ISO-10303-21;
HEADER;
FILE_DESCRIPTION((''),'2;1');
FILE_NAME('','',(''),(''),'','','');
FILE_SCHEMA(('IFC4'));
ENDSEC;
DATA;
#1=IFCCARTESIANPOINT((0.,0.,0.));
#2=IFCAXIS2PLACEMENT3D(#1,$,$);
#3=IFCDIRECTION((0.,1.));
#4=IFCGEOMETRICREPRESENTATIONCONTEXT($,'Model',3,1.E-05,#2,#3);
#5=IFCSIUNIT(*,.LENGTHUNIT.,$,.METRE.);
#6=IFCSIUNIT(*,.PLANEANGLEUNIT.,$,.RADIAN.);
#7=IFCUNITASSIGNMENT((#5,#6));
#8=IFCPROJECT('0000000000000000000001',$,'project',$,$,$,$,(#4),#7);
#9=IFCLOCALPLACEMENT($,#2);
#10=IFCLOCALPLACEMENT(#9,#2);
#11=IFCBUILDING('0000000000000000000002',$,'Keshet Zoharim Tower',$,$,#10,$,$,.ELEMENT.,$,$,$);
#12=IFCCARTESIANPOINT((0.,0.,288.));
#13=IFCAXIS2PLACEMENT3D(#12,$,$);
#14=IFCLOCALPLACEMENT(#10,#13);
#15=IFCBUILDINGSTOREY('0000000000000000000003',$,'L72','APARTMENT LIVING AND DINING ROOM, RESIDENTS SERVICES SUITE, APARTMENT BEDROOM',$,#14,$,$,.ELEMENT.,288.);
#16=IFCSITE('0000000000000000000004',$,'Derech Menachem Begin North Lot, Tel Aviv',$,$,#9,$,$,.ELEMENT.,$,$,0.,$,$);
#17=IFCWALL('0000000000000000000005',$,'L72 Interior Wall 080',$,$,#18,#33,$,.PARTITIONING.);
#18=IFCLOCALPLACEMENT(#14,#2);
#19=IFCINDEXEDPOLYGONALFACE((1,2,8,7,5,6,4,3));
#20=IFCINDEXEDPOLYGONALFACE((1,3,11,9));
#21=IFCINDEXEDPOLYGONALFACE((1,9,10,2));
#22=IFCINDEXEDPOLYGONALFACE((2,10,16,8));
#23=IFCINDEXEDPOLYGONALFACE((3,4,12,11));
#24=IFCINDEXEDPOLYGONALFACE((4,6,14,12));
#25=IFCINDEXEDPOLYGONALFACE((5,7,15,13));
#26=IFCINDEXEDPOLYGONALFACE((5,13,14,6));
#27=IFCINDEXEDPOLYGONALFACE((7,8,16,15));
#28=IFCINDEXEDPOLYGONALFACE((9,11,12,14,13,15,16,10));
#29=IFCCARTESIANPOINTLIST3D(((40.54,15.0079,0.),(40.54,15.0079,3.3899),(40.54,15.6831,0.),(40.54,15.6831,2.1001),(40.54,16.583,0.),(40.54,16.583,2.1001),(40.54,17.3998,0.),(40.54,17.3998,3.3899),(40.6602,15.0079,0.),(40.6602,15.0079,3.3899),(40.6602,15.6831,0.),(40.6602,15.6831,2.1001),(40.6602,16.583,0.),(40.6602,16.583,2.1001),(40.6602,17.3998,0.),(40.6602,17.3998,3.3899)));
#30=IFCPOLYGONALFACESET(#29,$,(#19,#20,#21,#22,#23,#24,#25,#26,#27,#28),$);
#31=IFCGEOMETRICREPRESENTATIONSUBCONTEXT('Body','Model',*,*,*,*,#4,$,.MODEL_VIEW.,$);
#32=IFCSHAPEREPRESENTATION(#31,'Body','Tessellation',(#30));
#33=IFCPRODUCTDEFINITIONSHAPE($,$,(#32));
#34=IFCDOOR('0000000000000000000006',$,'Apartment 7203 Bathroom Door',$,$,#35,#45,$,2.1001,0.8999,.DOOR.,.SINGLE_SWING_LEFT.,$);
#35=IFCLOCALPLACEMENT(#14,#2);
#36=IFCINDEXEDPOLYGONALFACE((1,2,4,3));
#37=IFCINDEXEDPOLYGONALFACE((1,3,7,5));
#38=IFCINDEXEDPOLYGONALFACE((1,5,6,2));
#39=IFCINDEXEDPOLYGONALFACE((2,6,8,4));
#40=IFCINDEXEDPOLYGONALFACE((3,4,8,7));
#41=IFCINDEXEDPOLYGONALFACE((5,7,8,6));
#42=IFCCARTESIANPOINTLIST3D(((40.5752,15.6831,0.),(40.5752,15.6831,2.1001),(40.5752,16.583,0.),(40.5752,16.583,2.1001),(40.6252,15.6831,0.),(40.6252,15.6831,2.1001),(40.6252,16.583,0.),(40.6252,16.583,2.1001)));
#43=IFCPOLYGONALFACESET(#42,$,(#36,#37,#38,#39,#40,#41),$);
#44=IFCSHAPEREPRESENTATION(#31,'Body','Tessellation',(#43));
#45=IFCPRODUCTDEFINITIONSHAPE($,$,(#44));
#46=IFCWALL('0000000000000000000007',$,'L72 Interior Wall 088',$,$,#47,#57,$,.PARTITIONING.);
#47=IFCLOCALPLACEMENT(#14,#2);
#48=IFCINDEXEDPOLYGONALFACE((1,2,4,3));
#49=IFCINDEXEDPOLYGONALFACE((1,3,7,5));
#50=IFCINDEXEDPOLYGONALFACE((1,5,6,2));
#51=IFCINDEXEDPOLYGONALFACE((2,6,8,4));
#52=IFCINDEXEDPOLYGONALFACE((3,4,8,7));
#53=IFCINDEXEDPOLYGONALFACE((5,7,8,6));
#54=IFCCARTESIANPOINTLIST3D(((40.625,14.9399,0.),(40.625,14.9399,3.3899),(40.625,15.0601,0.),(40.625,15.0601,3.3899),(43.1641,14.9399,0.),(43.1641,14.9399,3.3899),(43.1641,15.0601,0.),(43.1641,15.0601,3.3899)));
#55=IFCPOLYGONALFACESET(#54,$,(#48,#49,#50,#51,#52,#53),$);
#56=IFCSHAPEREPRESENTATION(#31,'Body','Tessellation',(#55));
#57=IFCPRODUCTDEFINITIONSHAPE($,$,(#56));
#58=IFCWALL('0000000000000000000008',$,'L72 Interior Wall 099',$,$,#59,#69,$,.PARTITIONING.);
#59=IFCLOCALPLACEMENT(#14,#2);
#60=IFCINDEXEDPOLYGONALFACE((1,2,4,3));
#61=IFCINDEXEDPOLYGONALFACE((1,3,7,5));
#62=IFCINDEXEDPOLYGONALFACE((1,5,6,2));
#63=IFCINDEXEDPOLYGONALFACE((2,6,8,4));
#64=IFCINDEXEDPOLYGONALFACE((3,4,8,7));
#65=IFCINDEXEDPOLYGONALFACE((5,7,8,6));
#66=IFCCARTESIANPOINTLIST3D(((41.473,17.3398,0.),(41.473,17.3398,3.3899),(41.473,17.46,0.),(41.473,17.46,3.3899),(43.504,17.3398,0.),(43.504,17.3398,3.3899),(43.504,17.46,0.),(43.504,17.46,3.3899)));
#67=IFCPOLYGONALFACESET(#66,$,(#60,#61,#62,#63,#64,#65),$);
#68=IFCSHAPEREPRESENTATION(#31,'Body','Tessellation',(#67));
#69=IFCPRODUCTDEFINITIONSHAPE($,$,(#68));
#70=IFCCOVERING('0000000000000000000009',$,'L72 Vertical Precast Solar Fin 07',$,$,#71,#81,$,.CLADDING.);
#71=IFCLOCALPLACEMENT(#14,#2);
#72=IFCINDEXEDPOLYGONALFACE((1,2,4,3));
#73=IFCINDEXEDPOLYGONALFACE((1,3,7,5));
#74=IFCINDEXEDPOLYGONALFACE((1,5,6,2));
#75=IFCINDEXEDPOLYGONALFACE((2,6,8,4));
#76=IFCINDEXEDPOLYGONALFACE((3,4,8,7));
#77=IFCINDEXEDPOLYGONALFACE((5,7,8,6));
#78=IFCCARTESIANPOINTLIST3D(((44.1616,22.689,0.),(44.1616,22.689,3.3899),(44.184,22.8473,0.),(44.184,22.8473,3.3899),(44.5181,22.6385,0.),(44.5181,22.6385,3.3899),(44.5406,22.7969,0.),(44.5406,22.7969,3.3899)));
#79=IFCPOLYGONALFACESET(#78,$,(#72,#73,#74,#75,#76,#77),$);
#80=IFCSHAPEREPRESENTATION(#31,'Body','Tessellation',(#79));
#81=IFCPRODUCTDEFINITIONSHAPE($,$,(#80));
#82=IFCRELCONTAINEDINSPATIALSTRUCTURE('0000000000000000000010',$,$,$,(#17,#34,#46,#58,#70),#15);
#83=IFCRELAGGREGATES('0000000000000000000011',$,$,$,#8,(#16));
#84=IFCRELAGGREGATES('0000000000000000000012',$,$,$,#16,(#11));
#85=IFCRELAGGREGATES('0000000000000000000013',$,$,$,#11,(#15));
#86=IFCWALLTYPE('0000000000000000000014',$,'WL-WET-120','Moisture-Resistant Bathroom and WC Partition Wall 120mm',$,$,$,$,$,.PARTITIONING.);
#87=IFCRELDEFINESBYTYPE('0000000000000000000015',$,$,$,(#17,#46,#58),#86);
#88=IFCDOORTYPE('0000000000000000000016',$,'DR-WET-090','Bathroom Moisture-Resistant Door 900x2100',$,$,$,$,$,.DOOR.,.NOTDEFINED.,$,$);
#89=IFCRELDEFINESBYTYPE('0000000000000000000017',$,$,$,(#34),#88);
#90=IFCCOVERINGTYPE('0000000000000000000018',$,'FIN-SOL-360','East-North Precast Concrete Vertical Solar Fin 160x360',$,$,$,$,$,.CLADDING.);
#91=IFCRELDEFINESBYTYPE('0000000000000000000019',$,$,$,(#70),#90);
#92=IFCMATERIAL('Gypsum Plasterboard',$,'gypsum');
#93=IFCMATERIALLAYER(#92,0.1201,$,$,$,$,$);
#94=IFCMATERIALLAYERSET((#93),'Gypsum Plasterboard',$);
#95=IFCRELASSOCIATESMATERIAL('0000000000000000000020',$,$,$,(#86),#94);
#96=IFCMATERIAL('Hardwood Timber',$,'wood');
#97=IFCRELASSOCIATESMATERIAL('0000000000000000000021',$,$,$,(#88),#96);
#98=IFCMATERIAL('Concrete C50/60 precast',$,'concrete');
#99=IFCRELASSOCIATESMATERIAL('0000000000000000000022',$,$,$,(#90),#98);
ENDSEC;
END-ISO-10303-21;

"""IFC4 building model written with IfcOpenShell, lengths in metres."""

from ifc_helpers import new_model, si_unit, direction, frame, frame_2d, origin, origin_2d, place, context, subcontext, project, spatial, rectangle, extrude, material, layer, layer_set, type_object, element, fill, save


model = new_model("IFC4")

# Units and contexts
model_context = context("Model", 3, precision=1e-05, world=origin(), true_north=direction((0.0, 1.0)))
body_context = subcontext(model_context, "Body", "Model", "MODEL_VIEW")
ifc_project = project(units=[si_unit("LENGTHUNIT", "METRE"), si_unit("PLANEANGLEUNIT", "RADIAN")], contexts=[model_context])

# Site, building, storey
site_placement = place(None, origin())
site = spatial("IfcSite", under=ifc_project, at=site_placement, Name="Derech Menachem Begin North Lot, Tel Aviv", CompositionType="ELEMENT", RefElevation=0.0)
building_placement = place(site_placement, origin())
building = spatial("IfcBuilding", under=site, at=building_placement, Name="Keshet Zoharim Tower", CompositionType="ELEMENT")
storey_placement = place(building_placement, frame((0.0, 0.0, 288.0)))
storey = spatial("IfcBuildingStorey", under=building, at=storey_placement, Name="L72", Description="APARTMENT LIVING AND DINING ROOM, RESIDENTS SERVICES SUITE, APARTMENT BEDROOM", CompositionType="ELEMENT", Elevation=288.0)

# Shared definitions
ifc_material_1 = material(Name="Gypsum Plasterboard", Category="gypsum")

# Shared definitions
ifc_material_2 = material(Name="Hardwood Timber", Category="wood")

# Shared definitions
ifc_layer_1 = layer(ifc_material_1, 0.1201)
ifc_layer_set_1 = layer_set([ifc_layer_1], Name="Gypsum Plasterboard")
wall_type_1 = type_object("IfcWallType", Name="WL-WET-120", Description="Moisture-Resistant Bathroom and WC Partition Wall 120mm", PredefinedType="PARTITIONING", material=ifc_layer_set_1)
door_type_1 = type_object("IfcDoorType", Name="DR-WET-090", Description="Bathroom Moisture-Resistant Door 900x2100", OperationType="NOTDEFINED", PredefinedType="DOOR", material=ifc_material_2)

# Wall, opening, door
wall_1_placement = place(storey_placement, frame((40.6001, 15.0081, 0.0), z_axis=(0.0, 0.0, 1.0), x_axis=(0.0, 1.0, 0.0)))
wall_1 = element("IfcWall", 1, at=wall_1_placement, inside=storey, type_object=wall_type_1, Name="L72 Interior Wall 080", PredefinedType="PARTITIONING", context=body_context, shape_type="SweptSolid", body=[
    extrude(rectangle(XDim=2.3918, YDim=0.1201, at=frame_2d((1.1958, 0.0))), origin(), (0.0, 0.0, 1.0), 3.3899),
])
opening_1_placement = place(wall_1_placement, frame((0.675, 0.0, 0.0)))
opening_1 = element("IfcOpeningElement", 2, at=opening_1_placement, cuts=wall_1, PredefinedType="OPENING", context=body_context, shape_type="SweptSolid", body=[
    extrude(rectangle(XDim=0.8999, YDim=2.1001, at=frame_2d((0.45, 1.05))), frame((0.0, 0.0701, 0.0), z_axis=(0.0, -1.0, 0.0), x_axis=(1.0, 0.0, 0.0)), (0.0, 0.0, 1.0), 0.1401),
])
door_1_placement = place(opening_1_placement, origin())
door_1 = element("IfcDoor", 3, at=door_1_placement, inside=storey, type_object=door_type_1, Name="Apartment 7203 Bathroom Door", OperationType="SINGLE_SWING_LEFT", OverallHeight=2.1001, OverallWidth=0.8999, PredefinedType="DOOR", context=body_context, shape_type="SweptSolid", body=[
    extrude(rectangle(XDim=0.8999, YDim=2.1001, at=frame_2d((0.45, 1.05))), frame((0.0, 0.0249, 0.0), z_axis=(0.0, -1.0, 0.0), x_axis=(1.0, 0.0, 0.0)), (0.0, 0.0, 1.0), 0.05),
])
fill(opening_1, door_1)

# Walls
wall_2_placement = place(storey_placement, frame((40.625, 15.0, 0.0), z_axis=(0.0, 0.0, 1.0), x_axis=(1.0, 0.0, 0.0)))
element("IfcWall", 4, at=wall_2_placement, inside=storey, type_object=wall_type_1, Name="L72 Interior Wall 088", PredefinedType="PARTITIONING", context=body_context, shape_type="SweptSolid", body=[
    extrude(rectangle(XDim=2.5391, YDim=0.1201, at=frame_2d((1.2695, 0.0))), origin(), (0.0, 0.0, 1.0), 3.3899),
])
wall_3_placement = place(storey_placement, frame((41.4729, 17.3999, 0.0), z_axis=(0.0, 0.0, 1.0), x_axis=(1.0, 0.0, 0.0)))
element("IfcWall", 5, at=wall_3_placement, inside=storey, type_object=wall_type_1, Name="L72 Interior Wall 099", PredefinedType="PARTITIONING", context=body_context, shape_type="SweptSolid", body=[
    extrude(rectangle(XDim=2.031, YDim=0.1201, at=frame_2d((1.0156, 0.0))), origin(), (0.0, 0.0, 1.0), 3.3899),
])

# Covering
ifc_material_3 = material(Name="Concrete C50/60 precast", Category="concrete")
covering_type = type_object("IfcCoveringType", Name="FIN-SOL-360", Description="East-North Precast Concrete Vertical Solar Fin 160x360", PredefinedType="CLADDING", material=ifc_material_3)
covering_placement = place(storey_placement, frame((44.3511, 22.7429, 0.0), z_axis=(0.0, 0.0, 1.0), x_axis=(-0.140137, -0.990132, 0.0)))
element("IfcCovering", 6, at=covering_placement, inside=storey, type_object=covering_type, Name="L72 Vertical Precast Solar Fin 07", PredefinedType="CLADDING", context=body_context, shape_type="SweptSolid", body=[
    extrude(rectangle(XDim=0.1599, YDim=0.3601, at=origin_2d()), origin(), (0.0, 0.0, 1.0), 3.3899),
])

save(model, "model.ifc")
